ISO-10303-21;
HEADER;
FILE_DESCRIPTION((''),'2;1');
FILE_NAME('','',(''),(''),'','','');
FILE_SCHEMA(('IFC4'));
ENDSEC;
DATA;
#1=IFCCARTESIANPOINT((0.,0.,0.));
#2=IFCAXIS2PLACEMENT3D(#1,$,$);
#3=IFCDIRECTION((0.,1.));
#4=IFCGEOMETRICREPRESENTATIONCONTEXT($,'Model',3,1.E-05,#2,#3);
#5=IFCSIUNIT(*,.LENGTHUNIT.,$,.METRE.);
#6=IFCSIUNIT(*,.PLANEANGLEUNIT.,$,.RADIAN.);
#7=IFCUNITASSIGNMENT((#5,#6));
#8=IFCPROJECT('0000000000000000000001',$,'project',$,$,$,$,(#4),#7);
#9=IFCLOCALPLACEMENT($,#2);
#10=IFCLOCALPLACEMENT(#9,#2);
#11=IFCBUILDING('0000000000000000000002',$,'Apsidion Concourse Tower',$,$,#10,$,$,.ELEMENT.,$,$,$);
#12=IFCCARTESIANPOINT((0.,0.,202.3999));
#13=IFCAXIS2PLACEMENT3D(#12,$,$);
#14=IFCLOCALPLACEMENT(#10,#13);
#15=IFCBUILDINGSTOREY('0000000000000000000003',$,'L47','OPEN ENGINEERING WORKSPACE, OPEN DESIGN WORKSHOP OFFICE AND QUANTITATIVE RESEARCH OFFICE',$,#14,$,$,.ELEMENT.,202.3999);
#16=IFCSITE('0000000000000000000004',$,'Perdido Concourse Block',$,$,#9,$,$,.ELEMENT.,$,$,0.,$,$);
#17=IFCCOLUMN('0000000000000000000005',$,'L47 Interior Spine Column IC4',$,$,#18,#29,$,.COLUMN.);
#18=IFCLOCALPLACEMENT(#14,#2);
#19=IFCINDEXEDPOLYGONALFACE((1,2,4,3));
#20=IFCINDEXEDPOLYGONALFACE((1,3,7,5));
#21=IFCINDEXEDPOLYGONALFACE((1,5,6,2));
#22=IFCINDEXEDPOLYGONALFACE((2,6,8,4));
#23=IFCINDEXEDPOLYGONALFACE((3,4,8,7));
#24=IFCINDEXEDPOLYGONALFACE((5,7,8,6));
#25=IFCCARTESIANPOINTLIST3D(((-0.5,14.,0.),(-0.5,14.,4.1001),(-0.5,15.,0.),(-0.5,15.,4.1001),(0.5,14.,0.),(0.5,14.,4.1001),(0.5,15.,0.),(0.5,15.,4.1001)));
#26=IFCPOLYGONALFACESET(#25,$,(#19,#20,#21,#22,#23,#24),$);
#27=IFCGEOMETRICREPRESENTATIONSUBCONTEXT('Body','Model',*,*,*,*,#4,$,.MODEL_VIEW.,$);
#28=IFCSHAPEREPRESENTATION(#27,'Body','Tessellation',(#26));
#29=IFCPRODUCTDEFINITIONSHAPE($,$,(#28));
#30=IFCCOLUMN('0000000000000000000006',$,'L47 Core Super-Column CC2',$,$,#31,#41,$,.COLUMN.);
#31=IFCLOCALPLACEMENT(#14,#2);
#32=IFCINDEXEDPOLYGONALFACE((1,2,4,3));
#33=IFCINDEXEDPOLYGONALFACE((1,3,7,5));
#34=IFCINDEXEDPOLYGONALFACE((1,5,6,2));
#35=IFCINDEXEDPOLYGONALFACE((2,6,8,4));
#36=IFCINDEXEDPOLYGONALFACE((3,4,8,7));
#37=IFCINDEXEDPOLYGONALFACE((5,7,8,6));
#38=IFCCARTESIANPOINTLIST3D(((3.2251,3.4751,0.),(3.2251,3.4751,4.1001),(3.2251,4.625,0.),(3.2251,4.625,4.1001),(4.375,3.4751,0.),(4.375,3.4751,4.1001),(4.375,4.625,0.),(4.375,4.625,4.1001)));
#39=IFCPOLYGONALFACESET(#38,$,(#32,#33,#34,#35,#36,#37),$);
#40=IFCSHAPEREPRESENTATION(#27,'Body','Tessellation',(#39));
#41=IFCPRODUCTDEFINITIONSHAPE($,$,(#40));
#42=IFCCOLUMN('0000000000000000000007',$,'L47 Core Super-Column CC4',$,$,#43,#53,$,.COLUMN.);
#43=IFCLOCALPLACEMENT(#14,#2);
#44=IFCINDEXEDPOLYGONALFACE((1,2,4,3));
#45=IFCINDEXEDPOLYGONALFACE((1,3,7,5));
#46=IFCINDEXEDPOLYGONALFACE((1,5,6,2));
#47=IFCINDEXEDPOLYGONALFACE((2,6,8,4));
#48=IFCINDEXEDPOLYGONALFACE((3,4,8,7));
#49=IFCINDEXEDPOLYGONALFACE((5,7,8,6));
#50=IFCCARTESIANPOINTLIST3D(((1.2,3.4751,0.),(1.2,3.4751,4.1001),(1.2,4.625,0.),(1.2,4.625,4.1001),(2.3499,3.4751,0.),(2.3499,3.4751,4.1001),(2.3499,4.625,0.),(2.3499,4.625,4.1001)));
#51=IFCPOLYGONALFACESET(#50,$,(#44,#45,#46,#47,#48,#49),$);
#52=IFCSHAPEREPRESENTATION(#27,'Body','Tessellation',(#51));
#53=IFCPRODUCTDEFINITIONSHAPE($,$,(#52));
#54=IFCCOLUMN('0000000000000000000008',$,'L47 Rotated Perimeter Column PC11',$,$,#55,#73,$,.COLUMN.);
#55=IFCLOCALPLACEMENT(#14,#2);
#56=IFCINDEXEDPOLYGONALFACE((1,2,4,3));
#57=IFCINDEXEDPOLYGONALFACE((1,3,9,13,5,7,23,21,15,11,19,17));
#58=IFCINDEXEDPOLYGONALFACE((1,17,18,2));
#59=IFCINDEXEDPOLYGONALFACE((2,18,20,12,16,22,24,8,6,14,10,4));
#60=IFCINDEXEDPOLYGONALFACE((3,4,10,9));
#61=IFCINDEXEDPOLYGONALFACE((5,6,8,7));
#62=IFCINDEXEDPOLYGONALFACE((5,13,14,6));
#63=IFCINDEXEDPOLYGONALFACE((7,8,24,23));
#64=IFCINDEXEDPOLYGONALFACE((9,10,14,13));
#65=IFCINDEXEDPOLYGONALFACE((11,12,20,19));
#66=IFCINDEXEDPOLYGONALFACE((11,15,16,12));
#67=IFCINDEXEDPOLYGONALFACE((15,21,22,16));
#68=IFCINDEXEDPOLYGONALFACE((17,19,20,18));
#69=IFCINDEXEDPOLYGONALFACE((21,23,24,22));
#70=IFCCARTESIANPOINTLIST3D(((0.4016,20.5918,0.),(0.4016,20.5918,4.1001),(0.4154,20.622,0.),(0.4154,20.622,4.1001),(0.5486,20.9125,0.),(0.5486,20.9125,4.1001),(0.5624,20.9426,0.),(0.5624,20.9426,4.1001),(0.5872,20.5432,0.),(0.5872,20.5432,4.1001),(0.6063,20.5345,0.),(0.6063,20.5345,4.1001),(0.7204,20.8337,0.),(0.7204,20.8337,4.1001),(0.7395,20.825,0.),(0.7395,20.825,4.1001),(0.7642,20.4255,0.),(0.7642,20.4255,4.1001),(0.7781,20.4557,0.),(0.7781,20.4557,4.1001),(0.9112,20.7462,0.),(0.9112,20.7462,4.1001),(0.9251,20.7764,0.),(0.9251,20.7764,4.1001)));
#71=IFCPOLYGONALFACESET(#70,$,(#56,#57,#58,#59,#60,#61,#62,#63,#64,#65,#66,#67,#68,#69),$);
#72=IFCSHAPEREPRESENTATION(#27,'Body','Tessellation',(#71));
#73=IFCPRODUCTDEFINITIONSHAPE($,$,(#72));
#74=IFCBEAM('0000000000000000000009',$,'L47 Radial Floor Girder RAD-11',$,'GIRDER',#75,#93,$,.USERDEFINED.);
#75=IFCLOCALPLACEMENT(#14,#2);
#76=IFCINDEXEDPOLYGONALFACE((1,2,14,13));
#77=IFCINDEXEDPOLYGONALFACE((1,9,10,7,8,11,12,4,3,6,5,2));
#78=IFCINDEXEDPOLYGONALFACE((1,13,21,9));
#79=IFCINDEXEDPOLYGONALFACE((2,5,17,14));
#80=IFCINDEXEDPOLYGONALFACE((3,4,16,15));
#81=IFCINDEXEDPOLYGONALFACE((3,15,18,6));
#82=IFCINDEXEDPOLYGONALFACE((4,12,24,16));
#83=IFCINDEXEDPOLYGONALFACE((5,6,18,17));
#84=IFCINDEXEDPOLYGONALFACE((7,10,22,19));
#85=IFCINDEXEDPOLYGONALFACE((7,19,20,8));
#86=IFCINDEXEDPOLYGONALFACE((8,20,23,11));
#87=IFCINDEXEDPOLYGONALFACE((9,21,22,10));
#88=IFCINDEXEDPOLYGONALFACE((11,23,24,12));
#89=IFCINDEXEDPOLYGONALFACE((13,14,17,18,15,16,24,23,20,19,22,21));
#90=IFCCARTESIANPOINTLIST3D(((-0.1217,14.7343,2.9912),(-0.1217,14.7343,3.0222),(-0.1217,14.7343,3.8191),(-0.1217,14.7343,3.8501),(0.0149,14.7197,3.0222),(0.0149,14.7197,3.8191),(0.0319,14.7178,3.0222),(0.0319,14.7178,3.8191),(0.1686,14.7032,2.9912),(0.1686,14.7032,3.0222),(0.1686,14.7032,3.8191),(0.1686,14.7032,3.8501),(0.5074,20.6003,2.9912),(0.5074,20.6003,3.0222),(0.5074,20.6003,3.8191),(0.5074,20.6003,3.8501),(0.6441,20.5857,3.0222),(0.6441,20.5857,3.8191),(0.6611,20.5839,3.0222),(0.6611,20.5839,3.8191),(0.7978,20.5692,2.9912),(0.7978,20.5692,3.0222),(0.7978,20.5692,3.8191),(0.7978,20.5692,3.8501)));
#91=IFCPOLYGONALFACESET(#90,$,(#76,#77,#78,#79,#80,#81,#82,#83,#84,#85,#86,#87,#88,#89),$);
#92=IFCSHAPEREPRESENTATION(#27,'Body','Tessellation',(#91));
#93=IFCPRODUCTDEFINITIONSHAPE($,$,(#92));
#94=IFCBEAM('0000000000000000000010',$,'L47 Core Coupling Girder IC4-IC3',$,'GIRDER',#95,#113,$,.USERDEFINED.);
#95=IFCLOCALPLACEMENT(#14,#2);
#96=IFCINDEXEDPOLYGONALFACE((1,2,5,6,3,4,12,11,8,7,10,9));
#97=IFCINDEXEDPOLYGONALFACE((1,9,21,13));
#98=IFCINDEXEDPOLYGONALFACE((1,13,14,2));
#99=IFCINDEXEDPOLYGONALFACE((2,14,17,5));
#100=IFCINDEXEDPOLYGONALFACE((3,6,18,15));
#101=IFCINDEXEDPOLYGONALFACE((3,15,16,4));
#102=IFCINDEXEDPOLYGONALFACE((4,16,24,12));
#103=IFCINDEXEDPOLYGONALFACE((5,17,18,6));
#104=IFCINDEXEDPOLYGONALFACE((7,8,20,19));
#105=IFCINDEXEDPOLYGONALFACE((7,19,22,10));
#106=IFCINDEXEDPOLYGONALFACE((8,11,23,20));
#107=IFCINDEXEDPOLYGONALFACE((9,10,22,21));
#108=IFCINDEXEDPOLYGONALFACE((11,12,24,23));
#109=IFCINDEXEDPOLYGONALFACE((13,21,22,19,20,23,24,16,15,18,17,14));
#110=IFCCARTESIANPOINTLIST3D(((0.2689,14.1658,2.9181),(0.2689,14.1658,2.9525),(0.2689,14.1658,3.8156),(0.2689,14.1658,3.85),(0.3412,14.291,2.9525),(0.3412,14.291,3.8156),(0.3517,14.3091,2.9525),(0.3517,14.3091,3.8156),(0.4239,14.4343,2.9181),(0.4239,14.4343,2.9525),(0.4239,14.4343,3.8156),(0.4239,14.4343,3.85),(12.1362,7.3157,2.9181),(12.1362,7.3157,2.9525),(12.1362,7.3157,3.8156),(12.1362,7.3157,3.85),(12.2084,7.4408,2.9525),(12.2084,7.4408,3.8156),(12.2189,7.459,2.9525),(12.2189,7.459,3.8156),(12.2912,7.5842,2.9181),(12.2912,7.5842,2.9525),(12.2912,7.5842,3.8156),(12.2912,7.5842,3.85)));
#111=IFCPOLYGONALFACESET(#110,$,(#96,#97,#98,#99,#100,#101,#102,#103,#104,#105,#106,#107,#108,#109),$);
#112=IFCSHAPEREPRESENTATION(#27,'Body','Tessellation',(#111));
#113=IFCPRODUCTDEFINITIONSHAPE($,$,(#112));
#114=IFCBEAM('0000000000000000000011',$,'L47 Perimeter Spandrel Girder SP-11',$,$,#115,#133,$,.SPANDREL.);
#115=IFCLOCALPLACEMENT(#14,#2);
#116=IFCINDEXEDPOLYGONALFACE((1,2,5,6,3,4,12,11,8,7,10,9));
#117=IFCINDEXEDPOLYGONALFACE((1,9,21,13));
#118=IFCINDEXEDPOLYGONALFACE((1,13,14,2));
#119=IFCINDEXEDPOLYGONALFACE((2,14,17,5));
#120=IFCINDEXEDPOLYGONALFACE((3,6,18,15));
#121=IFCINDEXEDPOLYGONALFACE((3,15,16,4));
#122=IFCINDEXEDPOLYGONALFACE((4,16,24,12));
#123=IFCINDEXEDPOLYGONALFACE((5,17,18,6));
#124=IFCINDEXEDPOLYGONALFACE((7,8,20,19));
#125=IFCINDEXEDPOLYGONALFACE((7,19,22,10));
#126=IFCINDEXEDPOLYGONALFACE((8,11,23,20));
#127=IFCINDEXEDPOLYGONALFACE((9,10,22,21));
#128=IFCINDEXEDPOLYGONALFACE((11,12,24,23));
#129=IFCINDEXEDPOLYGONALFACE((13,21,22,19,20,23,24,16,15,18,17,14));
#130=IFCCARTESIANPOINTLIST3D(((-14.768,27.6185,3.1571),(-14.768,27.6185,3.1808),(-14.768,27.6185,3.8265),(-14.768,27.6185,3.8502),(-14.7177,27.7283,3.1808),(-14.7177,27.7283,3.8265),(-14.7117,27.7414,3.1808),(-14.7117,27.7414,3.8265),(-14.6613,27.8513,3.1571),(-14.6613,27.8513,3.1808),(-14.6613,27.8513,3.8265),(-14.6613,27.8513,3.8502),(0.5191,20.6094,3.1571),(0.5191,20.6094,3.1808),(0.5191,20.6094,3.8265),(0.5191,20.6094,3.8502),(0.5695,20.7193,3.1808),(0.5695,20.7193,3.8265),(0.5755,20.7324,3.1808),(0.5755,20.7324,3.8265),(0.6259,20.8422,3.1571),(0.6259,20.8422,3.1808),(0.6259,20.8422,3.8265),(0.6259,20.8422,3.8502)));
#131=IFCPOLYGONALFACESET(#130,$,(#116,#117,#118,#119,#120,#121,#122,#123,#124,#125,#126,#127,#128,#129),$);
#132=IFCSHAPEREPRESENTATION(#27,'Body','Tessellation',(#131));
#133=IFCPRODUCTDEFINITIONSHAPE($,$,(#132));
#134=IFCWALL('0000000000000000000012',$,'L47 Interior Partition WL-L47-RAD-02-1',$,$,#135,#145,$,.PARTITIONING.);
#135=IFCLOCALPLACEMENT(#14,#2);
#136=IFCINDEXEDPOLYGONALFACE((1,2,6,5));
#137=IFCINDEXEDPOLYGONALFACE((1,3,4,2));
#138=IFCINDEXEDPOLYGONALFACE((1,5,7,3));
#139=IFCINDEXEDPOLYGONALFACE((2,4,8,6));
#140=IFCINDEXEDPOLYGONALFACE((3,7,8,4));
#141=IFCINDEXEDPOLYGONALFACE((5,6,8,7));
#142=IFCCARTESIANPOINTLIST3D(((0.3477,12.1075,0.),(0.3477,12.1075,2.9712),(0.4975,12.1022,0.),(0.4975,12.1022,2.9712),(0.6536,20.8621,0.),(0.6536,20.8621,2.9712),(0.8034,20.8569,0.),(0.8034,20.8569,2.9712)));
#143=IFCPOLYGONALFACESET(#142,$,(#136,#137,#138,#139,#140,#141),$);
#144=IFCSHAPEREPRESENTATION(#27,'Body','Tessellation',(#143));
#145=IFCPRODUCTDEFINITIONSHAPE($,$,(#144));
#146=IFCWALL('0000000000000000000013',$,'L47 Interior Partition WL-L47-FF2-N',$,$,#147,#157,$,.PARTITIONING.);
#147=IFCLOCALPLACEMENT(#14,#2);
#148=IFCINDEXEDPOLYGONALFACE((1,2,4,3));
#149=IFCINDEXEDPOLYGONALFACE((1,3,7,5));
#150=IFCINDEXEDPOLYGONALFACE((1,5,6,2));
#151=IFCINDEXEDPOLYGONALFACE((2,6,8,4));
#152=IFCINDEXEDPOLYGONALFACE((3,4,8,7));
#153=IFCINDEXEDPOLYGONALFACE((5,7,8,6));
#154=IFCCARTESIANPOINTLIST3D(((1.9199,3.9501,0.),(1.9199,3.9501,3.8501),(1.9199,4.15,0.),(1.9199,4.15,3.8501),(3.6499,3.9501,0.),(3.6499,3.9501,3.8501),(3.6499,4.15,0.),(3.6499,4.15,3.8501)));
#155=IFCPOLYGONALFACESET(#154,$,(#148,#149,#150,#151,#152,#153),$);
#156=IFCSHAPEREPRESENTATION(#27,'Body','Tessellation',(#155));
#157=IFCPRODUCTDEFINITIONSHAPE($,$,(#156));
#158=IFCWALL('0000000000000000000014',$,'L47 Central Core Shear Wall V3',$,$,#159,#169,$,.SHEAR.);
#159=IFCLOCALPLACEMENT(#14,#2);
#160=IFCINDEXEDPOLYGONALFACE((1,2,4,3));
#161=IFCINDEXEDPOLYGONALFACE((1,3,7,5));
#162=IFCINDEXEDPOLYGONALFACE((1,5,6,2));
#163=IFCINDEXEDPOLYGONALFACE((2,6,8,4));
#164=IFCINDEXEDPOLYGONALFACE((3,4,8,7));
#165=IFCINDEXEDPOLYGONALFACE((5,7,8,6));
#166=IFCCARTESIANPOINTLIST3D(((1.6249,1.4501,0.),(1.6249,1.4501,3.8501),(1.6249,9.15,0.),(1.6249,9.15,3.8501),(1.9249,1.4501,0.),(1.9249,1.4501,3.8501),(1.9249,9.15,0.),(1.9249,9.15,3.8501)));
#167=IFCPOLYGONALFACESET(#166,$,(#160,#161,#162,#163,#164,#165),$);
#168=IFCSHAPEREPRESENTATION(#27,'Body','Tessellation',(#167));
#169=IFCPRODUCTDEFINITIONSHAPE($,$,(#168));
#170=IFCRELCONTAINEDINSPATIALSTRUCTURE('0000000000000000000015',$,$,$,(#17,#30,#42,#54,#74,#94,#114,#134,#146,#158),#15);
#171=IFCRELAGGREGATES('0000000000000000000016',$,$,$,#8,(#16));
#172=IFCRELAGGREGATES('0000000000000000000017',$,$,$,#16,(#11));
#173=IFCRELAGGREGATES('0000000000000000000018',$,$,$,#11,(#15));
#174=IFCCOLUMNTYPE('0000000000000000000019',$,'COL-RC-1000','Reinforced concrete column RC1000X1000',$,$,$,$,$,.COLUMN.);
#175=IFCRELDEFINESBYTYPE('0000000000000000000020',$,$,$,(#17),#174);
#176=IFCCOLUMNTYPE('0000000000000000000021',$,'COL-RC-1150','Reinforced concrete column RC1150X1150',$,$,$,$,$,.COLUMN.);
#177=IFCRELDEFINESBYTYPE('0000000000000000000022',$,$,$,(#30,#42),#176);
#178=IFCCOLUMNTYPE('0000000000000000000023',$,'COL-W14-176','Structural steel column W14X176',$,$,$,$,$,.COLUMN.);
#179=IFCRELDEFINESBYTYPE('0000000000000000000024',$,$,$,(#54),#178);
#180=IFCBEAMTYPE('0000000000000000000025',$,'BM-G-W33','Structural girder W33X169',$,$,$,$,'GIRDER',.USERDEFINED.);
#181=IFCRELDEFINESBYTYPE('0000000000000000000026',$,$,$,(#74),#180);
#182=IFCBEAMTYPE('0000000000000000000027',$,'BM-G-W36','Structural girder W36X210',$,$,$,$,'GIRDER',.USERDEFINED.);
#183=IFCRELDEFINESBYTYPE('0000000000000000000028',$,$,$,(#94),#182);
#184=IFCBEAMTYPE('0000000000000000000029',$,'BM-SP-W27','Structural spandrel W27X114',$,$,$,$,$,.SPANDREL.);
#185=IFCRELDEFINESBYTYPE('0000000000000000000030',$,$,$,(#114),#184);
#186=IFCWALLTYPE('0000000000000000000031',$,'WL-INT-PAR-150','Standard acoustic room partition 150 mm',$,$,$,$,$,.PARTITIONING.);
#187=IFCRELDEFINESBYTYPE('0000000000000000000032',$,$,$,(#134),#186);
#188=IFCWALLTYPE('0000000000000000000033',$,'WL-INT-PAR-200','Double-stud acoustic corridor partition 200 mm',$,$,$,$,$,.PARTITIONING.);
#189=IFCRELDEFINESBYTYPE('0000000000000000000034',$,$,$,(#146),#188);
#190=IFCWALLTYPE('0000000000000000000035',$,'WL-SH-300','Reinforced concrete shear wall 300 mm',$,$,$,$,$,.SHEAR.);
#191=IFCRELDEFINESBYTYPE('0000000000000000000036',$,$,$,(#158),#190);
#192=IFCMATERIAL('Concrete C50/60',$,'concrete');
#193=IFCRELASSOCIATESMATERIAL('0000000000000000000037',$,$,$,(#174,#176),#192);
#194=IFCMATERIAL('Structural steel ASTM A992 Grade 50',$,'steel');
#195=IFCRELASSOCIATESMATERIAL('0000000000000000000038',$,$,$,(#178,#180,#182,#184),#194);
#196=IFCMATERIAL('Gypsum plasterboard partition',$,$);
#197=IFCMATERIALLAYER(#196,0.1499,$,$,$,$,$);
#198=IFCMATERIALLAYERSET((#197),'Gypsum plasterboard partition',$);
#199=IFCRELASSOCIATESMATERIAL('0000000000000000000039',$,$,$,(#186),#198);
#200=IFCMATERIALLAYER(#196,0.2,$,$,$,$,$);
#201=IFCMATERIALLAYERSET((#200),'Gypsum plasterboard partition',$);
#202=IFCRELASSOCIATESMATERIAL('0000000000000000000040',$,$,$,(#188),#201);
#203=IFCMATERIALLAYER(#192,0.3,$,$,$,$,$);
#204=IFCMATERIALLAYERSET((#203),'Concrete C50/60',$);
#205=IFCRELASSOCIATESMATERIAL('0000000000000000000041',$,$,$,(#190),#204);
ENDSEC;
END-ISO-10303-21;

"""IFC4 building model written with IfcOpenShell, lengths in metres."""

from ifc_helpers import new_model, si_unit, direction, frame, frame_2d, origin, origin_2d, place, context, subcontext, project, spatial, rectangle, i_section, extrude, material, layer, layer_set, material_profile, profile_set, type_object, element, save


model = new_model("IFC4")

# Units and contexts
model_context = context("Model", 3, precision=1e-05, world=origin(), true_north=direction((0.0, 1.0)))
body_context = subcontext(model_context, "Body", "Model", "MODEL_VIEW")
ifc_project = project(units=[si_unit("LENGTHUNIT", "METRE"), si_unit("PLANEANGLEUNIT", "RADIAN")], contexts=[model_context])

# Site, building, storey
site_placement = place(None, origin())
site = spatial("IfcSite", under=ifc_project, at=site_placement, Name="Perdido Concourse Block", CompositionType="ELEMENT", RefElevation=0.0)
building_placement = place(site_placement, origin())
building = spatial("IfcBuilding", under=site, at=building_placement, Name="Apsidion Concourse Tower", CompositionType="ELEMENT")
storey_placement = place(building_placement, frame((0.0, 0.0, 202.3999)))
storey = spatial("IfcBuildingStorey", under=building, at=storey_placement, Name="L47", Description="OPEN ENGINEERING WORKSPACE, OPEN DESIGN WORKSHOP OFFICE AND QUANTITATIVE RESEARCH OFFICE", CompositionType="ELEMENT", Elevation=202.3999)

# Columns
ifc_material_1 = material(Name="Concrete C50/60", Category="concrete")
ifc_material_profile_1 = material_profile(ifc_material_1, rectangle(XDim=1.0, YDim=1.0, at=origin_2d()), Name="RC 1000x1000")
ifc_profile_set_1 = profile_set([ifc_material_profile_1], Name="Concrete C50/60")
column_type_1 = type_object("IfcColumnType", Name="COL-RC-1000", Description="Reinforced concrete column RC1000X1000", PredefinedType="COLUMN", material=ifc_profile_set_1)
column_1_placement = place(storey_placement, frame((0.0, 14.5, 0.0), z_axis=(0.0, 0.0, 1.0), x_axis=(1.0, 0.0, 0.0)))
element("IfcColumn", 1, at=column_1_placement, inside=storey, type_object=column_type_1, Name="L47 Interior Spine Column IC4", PredefinedType="COLUMN", context=body_context, shape_type="SweptSolid", body=[
    extrude(rectangle(XDim=1.0, YDim=1.0, at=origin_2d()), origin(), (0.0, 0.0, 1.0), 4.1001),
])
ifc_material_profile_2 = material_profile(ifc_material_1, rectangle(XDim=1.1499, YDim=1.1499, at=origin_2d()), Name="RC 1150x1150")
ifc_profile_set_2 = profile_set([ifc_material_profile_2], Name="Concrete C50/60")
column_type_2 = type_object("IfcColumnType", Name="COL-RC-1150", Description="Reinforced concrete column RC1150X1150", PredefinedType="COLUMN", material=ifc_profile_set_2)
for number, where, z_axis, x_axis, name in (
    (2, (3.8, 4.05, 0.0), (0.0, 0.0, 1.0), (1.0, 0.0, 0.0), "L47 Core Super-Column CC2"),
    (3, (1.7749, 4.05, 0.0), (0.0, 0.0, 1.0), (1.0, 0.0, 0.0), "L47 Core Super-Column CC4"),
):
    element("IfcColumn", number, at=place(storey_placement, frame(where, z_axis=z_axis, x_axis=x_axis)), inside=storey, type_object=column_type_2, Name=name, PredefinedType="COLUMN", context=body_context, shape_type="SweptSolid", body=[
        extrude(rectangle(XDim=1.1499, YDim=1.1499, at=origin_2d()), origin(), (0.0, 0.0, 1.0), 4.1001),
    ])
ifc_material_2 = material(Name="Structural steel ASTM A992 Grade 50", Category="steel")
ifc_material_profile_3 = material_profile(ifc_material_2, i_section(OverallWidth=0.3989, OverallDepth=0.386, WebThickness=0.021, FlangeThickness=0.0332, at=origin_2d()), Name="W14X176")
ifc_profile_set_3 = profile_set([ifc_material_profile_3], Name="Structural steel ASTM A992 Grade 50")
column_type_3 = type_object("IfcColumnType", Name="COL-W14-176", Description="Structural steel column W14X176", PredefinedType="COLUMN", material=ifc_profile_set_3)
column_2_placement = place(storey_placement, frame((0.6633, 20.6841, 0.0), z_axis=(0.0, 0.0, 1.0), x_axis=(-0.909018, 0.416757, 0.0)))
element("IfcColumn", 4, at=column_2_placement, inside=storey, type_object=column_type_3, Name="L47 Rotated Perimeter Column PC11", PredefinedType="COLUMN", context=body_context, shape_type="SweptSolid", body=[
    extrude(i_section(OverallWidth=0.3989, OverallDepth=0.386, WebThickness=0.021, FlangeThickness=0.0332, at=origin_2d()), origin(), (0.0, 0.0, 1.0), 4.1001),
])

# Beams
ifc_material_profile_4 = material_profile(ifc_material_2, i_section(OverallWidth=0.292, OverallDepth=0.8589, WebThickness=0.0171, FlangeThickness=0.031, at=origin_2d()), Name="W33X169")
ifc_profile_set_4 = profile_set([ifc_material_profile_4], Name="Structural steel ASTM A992 Grade 50")
beam_type_1 = type_object("IfcBeamType", Name="BM-G-W33", Description="Structural girder W33X169", ElementType="GIRDER", PredefinedType="USERDEFINED", material=ifc_profile_set_4)
beam_1_placement = place(storey_placement, frame((0.0234, 14.7188, 3.4207), z_axis=(0.106643, 0.994297, 0.0), x_axis=(-0.994297, 0.106643, 0.0)))
element("IfcBeam", 5, at=beam_1_placement, inside=storey, type_object=beam_type_1, Name="L47 Radial Floor Girder RAD-11", ObjectType="GIRDER", PredefinedType="USERDEFINED", context=body_context, shape_type="SweptSolid", body=[
    extrude(i_section(OverallWidth=0.292, OverallDepth=0.8589, WebThickness=0.0171, FlangeThickness=0.031, at=origin_2d()), origin(), (0.0, 0.0, 1.0), 5.8997),
])
ifc_material_profile_5 = material_profile(ifc_material_2, i_section(OverallWidth=0.3101, OverallDepth=0.9319, WebThickness=0.021, FlangeThickness=0.0344, at=origin_2d()), Name="W36X210")
ifc_profile_set_5 = profile_set([ifc_material_profile_5], Name="Structural steel ASTM A992 Grade 50")
beam_type_2 = type_object("IfcBeamType", Name="BM-G-W36", Description="Structural girder W36X210", ElementType="GIRDER", PredefinedType="USERDEFINED", material=ifc_profile_set_5)
beam_2_placement = place(storey_placement, frame((0.3464, 14.3, 3.384), z_axis=(0.86607, -0.499922, 0.0), x_axis=(0.499922, 0.86607, 0.0)))
element("IfcBeam", 6, at=beam_2_placement, inside=storey, type_object=beam_type_2, Name="L47 Core Coupling Girder IC4-IC3", ObjectType="GIRDER", PredefinedType="USERDEFINED", context=body_context, shape_type="SweptSolid", body=[
    extrude(i_section(OverallWidth=0.3101, OverallDepth=0.9319, WebThickness=0.021, FlangeThickness=0.0344, at=origin_2d()), origin(), (0.0, 0.0, 1.0), 13.7024),
])
ifc_material_profile_6 = material_profile(ifc_material_2, i_section(OverallWidth=0.2561, OverallDepth=0.6931, WebThickness=0.0144, FlangeThickness=0.0237, at=origin_2d()), Name="W27X114")
ifc_profile_set_6 = profile_set([ifc_material_profile_6], Name="Structural steel ASTM A992 Grade 50")
beam_type_3 = type_object("IfcBeamType", Name="BM-SP-W27", Description="Structural spandrel W27X114", PredefinedType="SPANDREL", material=ifc_profile_set_6)
beam_3_placement = place(storey_placement, frame((0.5725, 20.7258, 3.5037), z_axis=(-0.90901, 0.416775, 0.0), x_axis=(-0.416775, -0.90901, 0.0)))
element("IfcBeam", 7, at=beam_3_placement, inside=storey, type_object=beam_type_3, Name="L47 Perimeter Spandrel Girder SP-11", PredefinedType="SPANDREL", context=body_context, shape_type="SweptSolid", body=[
    extrude(i_section(OverallWidth=0.2561, OverallDepth=0.6931, WebThickness=0.0144, FlangeThickness=0.0237, at=origin_2d()), origin(), (0.0, 0.0, 1.0), 16.8174),
])

# Walls
ifc_material_3 = material(Name="Gypsum plasterboard partition")
ifc_layer_1 = layer(ifc_material_3, 0.1499)
ifc_layer_set_1 = layer_set([ifc_layer_1], Name="Gypsum plasterboard partition")
wall_type_1 = type_object("IfcWallType", Name="WL-INT-PAR-150", Description="Standard acoustic room partition 150 mm", PredefinedType="PARTITIONING", material=ifc_layer_set_1)
wall_1_placement = place(storey_placement, frame((0.4226, 12.105, 0.0), z_axis=(0.0, 0.0, 1.0), x_axis=(0.034921, 0.99939, 0.0)))
element("IfcWall", 8, at=wall_1_placement, inside=storey, type_object=wall_type_1, Name="L47 Interior Partition WL-L47-RAD-02-1", PredefinedType="PARTITIONING", context=body_context, shape_type="SweptSolid", body=[
    extrude(rectangle(XDim=8.76, YDim=0.1499, at=frame_2d((4.3799, 0.0))), origin(), (0.0, 0.0, 1.0), 2.9712),
])
ifc_layer_2 = layer(ifc_material_3, 0.2)
ifc_layer_set_2 = layer_set([ifc_layer_2], Name="Gypsum plasterboard partition")
wall_type_2 = type_object("IfcWallType", Name="WL-INT-PAR-200", Description="Double-stud acoustic corridor partition 200 mm", PredefinedType="PARTITIONING", material=ifc_layer_set_2)
wall_2_placement = place(storey_placement, frame((1.9199, 4.05, 0.0), z_axis=(0.0, 0.0, 1.0), x_axis=(1.0, 0.0, 0.0)))
element("IfcWall", 9, at=wall_2_placement, inside=storey, type_object=wall_type_2, Name="L47 Interior Partition WL-L47-FF2-N", PredefinedType="PARTITIONING", context=body_context, shape_type="SweptSolid", body=[
    extrude(rectangle(XDim=1.73, YDim=0.2, at=frame_2d((0.865, 0.0))), origin(), (0.0, 0.0, 1.0), 3.8501),
])
ifc_layer_3 = layer(ifc_material_1, 0.3)
ifc_layer_set_3 = layer_set([ifc_layer_3], Name="Concrete C50/60")
wall_type_3 = type_object("IfcWallType", Name="WL-SH-300", Description="Reinforced concrete shear wall 300 mm", PredefinedType="SHEAR", material=ifc_layer_set_3)
for number, where, z_axis, x_axis, name in (
    (10, (1.7749, 1.45, 0.0), (0.0, 0.0, 1.0), (0.0, 1.0, 0.0), "L47 Central Core Shear Wall V3"),
):
    element("IfcWall", number, at=place(storey_placement, frame(where, z_axis=z_axis, x_axis=x_axis)), inside=storey, type_object=wall_type_3, Name=name, PredefinedType="SHEAR", context=body_context, shape_type="SweptSolid", body=[
        extrude(rectangle(XDim=7.7, YDim=0.3, at=frame_2d((3.8501, 0.0))), origin(), (0.0, 0.0, 1.0), 3.8501),
    ])

save(model, "model.ifc")
